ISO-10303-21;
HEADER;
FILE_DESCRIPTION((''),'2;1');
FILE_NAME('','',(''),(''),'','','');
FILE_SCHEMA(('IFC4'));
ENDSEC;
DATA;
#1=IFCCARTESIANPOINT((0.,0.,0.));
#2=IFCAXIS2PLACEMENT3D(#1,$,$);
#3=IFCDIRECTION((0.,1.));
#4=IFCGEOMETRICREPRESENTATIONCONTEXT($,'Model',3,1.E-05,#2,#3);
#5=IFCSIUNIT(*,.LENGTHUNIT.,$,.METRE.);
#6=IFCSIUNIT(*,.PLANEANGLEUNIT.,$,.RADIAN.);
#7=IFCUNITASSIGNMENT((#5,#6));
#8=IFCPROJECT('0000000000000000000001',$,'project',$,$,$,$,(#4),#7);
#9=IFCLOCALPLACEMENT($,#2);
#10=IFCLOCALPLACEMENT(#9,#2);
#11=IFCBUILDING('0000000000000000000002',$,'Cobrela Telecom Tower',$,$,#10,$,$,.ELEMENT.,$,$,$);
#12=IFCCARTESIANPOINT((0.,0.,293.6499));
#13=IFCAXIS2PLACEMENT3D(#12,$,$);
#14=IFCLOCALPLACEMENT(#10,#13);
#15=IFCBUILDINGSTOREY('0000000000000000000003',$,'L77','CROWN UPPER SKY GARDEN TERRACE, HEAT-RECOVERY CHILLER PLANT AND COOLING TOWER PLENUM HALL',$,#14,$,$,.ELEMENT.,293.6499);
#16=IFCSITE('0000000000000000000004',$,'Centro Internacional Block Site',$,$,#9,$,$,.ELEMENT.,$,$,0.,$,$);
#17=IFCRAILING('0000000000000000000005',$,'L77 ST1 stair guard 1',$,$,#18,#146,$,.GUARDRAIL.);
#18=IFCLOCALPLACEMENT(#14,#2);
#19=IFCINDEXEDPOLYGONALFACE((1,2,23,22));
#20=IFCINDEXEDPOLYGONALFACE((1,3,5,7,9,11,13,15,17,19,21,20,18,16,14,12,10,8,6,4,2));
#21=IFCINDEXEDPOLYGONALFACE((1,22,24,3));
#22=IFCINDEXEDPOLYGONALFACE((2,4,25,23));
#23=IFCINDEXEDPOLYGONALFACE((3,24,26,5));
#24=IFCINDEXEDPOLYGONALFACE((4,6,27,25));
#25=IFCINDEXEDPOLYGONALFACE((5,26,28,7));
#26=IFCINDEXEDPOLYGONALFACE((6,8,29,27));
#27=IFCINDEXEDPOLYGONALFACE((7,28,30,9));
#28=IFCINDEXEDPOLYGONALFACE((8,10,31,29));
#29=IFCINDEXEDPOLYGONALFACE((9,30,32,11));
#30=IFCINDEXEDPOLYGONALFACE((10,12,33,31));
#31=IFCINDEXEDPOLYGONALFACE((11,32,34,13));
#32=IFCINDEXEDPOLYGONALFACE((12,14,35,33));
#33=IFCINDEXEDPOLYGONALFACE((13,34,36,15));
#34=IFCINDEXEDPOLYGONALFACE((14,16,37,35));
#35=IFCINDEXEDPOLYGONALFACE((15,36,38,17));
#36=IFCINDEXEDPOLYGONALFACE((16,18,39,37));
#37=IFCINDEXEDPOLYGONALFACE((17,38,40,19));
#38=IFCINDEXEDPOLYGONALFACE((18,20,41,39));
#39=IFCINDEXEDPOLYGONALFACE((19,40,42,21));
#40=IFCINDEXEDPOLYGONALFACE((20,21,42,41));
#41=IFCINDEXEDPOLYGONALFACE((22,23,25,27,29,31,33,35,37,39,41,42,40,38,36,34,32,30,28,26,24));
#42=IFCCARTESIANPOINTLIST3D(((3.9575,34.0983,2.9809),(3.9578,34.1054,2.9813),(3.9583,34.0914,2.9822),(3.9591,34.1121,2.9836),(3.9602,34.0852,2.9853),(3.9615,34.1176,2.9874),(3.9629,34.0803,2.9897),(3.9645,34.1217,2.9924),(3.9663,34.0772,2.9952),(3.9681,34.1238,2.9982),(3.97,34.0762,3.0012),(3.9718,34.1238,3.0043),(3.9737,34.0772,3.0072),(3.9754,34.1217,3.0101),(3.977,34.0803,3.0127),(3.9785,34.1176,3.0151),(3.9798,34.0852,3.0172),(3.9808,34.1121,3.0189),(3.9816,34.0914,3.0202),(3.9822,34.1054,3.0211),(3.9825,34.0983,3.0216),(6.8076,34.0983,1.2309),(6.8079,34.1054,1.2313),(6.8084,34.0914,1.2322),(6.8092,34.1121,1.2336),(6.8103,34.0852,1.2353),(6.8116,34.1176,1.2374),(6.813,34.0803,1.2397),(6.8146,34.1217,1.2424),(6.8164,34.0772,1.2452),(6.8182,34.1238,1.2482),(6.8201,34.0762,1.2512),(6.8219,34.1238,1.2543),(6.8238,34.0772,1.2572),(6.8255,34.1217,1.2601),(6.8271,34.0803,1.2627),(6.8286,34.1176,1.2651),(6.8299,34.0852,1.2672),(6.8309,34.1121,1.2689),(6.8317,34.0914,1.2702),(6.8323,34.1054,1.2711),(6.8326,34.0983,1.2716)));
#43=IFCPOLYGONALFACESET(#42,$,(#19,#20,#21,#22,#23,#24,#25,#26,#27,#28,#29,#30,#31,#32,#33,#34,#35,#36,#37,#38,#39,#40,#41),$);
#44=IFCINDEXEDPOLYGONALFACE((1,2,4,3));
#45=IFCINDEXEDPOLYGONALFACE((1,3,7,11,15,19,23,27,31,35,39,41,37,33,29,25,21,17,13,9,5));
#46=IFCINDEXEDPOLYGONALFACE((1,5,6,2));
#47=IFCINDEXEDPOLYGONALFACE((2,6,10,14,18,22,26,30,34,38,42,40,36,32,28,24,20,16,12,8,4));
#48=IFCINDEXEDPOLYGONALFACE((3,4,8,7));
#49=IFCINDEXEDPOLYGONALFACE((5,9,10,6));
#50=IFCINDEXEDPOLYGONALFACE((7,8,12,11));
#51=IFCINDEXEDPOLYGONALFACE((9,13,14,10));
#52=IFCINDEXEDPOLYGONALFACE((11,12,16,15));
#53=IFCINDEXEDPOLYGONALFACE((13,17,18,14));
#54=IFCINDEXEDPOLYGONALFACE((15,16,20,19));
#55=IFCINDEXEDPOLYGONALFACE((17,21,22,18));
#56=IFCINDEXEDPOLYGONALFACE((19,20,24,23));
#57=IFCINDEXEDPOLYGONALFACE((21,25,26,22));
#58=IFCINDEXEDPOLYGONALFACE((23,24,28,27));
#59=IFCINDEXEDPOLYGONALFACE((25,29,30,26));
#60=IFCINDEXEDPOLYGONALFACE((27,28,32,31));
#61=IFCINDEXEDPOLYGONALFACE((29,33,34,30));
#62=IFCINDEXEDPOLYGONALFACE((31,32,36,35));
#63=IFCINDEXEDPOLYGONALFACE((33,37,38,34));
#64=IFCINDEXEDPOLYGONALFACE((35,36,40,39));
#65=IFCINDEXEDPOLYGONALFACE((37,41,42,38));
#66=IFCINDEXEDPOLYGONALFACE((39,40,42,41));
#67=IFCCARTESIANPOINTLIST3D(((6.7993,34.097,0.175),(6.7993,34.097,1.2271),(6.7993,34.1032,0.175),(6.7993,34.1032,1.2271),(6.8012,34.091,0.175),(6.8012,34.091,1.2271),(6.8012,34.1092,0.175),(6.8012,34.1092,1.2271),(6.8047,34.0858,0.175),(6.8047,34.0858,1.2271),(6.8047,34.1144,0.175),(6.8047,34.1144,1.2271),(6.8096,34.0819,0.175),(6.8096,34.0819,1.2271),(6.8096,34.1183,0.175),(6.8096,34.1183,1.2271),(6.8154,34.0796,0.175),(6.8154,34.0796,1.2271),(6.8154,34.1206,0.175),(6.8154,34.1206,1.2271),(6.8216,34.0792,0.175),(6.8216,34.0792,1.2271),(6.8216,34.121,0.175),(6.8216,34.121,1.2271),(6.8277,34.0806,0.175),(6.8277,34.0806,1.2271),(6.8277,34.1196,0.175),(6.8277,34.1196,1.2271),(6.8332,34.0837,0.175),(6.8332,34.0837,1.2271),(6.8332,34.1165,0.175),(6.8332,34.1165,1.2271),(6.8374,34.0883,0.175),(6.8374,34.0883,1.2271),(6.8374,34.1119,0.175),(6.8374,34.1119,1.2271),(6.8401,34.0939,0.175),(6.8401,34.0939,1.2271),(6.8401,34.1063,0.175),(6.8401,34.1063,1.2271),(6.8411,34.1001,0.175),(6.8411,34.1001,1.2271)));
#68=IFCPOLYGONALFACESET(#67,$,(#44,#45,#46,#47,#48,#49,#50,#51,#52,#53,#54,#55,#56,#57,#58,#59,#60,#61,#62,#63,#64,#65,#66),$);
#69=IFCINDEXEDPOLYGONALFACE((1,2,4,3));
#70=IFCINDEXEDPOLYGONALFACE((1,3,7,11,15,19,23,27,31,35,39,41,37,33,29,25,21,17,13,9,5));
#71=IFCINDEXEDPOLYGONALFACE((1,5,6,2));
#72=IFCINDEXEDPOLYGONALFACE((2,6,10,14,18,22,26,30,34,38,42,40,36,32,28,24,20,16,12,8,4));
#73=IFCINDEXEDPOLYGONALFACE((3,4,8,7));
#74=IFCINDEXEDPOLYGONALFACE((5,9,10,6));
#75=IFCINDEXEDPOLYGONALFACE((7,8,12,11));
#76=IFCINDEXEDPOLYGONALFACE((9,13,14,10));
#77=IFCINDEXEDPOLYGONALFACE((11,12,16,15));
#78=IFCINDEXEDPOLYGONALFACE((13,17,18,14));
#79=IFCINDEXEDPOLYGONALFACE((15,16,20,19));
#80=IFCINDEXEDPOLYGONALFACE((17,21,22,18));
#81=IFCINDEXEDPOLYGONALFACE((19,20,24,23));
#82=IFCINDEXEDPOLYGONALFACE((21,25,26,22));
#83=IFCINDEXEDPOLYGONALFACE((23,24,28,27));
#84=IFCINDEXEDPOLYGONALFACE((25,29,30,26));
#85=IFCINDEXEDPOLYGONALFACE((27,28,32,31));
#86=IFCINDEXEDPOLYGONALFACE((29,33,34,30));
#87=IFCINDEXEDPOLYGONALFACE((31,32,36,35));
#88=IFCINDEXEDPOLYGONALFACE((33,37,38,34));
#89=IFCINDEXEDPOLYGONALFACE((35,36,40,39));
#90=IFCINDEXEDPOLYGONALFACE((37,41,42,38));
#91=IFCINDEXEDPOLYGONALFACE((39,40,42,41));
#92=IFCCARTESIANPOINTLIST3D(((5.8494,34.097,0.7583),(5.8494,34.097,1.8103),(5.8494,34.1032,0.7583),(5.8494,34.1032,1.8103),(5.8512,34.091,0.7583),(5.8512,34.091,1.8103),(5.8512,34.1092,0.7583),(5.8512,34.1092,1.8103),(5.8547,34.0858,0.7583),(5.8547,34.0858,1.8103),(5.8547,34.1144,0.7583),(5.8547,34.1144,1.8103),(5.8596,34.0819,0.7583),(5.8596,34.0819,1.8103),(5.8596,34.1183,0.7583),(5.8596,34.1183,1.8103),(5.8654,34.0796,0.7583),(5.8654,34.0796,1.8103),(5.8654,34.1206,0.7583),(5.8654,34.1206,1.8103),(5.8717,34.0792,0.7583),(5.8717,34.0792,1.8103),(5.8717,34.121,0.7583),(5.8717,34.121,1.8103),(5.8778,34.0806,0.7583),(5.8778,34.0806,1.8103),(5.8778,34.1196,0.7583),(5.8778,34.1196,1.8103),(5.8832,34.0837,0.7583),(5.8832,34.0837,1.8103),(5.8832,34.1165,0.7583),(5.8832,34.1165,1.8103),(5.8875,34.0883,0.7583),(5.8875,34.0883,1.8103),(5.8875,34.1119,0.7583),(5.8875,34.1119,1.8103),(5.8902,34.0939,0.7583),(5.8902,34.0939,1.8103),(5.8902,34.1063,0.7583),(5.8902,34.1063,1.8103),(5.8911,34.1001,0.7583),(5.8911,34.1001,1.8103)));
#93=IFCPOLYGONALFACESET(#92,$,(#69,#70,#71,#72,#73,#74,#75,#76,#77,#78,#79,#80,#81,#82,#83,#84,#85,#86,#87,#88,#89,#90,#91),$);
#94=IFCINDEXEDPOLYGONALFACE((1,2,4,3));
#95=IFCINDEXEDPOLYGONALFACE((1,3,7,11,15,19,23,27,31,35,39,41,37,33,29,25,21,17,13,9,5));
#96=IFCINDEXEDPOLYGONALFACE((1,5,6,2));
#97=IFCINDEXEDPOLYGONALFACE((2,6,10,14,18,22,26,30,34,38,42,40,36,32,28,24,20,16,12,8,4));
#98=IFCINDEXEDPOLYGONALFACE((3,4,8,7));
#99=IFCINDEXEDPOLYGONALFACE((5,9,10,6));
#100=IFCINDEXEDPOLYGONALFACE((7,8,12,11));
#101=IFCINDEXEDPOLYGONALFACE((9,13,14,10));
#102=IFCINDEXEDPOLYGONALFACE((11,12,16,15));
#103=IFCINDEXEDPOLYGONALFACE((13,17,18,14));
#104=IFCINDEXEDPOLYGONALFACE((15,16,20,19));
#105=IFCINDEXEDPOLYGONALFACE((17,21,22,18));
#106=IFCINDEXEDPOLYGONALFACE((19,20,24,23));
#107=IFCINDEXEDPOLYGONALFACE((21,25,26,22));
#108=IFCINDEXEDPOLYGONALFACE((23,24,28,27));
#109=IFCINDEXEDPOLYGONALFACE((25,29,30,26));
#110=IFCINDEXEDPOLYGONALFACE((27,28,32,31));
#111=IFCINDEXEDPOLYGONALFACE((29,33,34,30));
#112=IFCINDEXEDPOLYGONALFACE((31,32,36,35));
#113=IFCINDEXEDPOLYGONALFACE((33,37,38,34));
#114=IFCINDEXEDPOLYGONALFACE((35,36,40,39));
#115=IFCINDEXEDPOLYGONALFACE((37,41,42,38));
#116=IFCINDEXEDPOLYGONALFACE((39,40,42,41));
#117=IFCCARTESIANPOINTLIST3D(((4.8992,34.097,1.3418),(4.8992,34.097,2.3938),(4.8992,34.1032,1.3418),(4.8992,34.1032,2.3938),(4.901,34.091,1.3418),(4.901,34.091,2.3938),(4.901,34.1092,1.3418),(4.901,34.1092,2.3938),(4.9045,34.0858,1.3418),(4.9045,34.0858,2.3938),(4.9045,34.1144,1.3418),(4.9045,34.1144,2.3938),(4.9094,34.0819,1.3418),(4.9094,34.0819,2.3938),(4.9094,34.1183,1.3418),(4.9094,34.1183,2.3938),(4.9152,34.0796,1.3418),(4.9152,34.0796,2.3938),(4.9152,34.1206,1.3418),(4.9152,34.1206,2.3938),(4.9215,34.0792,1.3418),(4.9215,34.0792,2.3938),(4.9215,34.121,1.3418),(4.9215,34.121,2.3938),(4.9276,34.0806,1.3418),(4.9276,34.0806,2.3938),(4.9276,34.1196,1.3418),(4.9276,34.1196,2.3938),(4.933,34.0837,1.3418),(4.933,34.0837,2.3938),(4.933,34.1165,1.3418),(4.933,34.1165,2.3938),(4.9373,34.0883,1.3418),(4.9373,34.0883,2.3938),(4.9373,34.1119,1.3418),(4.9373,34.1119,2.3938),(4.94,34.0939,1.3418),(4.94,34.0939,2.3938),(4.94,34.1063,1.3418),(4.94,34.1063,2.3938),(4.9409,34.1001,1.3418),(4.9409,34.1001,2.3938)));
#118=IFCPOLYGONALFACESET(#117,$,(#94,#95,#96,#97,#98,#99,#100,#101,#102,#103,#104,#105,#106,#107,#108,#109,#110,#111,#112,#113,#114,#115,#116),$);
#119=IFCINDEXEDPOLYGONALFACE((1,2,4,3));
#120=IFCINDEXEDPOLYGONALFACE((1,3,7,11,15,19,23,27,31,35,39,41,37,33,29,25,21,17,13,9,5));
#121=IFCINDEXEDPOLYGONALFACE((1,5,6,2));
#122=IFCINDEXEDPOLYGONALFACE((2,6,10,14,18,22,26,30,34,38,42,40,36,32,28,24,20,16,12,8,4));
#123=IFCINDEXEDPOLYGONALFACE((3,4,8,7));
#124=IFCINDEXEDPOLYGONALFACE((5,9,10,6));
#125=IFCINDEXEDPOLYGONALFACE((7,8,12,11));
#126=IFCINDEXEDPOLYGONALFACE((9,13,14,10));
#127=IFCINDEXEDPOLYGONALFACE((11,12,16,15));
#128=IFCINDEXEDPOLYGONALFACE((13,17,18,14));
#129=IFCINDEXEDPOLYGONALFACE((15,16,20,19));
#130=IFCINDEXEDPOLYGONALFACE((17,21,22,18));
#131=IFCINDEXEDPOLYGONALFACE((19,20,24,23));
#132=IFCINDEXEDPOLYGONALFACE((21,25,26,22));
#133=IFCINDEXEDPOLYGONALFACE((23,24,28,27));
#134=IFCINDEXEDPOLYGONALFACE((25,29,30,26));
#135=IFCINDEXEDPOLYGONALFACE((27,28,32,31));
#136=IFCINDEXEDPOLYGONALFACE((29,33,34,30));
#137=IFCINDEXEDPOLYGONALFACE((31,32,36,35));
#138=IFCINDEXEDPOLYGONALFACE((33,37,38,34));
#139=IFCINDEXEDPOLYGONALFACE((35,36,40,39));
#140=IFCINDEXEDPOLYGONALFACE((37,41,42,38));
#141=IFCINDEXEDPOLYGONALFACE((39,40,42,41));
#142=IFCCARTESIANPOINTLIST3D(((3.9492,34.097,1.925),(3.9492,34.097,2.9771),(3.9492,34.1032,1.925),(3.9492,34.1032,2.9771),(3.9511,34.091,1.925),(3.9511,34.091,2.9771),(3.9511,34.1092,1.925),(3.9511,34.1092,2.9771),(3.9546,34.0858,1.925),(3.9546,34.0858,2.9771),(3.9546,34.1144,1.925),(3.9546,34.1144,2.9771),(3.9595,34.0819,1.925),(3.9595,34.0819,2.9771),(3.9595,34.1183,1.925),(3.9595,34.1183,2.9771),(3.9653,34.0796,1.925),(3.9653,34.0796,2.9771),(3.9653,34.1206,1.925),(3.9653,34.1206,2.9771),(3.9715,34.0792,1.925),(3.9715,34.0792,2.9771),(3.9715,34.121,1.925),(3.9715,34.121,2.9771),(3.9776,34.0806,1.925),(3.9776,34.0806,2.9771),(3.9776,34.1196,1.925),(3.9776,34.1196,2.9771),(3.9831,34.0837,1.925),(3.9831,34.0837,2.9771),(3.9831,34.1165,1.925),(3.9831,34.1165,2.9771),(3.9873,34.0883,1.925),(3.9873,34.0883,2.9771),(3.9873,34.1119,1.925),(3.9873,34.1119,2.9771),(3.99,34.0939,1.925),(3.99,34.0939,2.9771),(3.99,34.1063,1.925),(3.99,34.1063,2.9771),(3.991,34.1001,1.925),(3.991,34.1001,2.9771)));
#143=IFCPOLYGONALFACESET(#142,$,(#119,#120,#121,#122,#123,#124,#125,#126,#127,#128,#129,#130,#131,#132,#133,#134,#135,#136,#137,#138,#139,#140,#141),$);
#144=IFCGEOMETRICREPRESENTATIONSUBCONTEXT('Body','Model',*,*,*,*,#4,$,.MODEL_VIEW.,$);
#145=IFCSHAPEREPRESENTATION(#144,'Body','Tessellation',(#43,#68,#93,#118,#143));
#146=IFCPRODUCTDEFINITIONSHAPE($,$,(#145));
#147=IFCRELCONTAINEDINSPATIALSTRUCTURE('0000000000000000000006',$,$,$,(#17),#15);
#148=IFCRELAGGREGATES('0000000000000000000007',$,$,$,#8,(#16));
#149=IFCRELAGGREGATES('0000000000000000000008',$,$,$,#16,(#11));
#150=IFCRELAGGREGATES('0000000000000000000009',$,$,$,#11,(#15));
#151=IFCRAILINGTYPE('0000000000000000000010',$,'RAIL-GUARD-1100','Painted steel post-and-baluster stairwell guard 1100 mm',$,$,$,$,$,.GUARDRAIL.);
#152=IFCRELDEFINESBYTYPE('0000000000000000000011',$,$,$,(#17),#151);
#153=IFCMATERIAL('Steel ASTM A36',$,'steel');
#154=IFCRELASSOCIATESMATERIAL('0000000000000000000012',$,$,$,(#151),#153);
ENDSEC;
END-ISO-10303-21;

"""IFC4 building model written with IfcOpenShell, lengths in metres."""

from ifc_helpers import new_model, si_unit, direction, frame, origin, origin_2d, place, context, subcontext, project, spatial, circle, extrude, material, type_object, element, save


model = new_model("IFC4")

# Units and contexts
model_context = context("Model", 3, precision=1e-05, world=origin(), true_north=direction((0.0, 1.0)))
body_context = subcontext(model_context, "Body", "Model", "MODEL_VIEW")
ifc_project = project(units=[si_unit("LENGTHUNIT", "METRE"), si_unit("PLANEANGLEUNIT", "RADIAN")], contexts=[model_context])

# Site, building, storey
site_placement = place(None, origin())
site = spatial("IfcSite", under=ifc_project, at=site_placement, Name="Centro Internacional Block Site", CompositionType="ELEMENT", RefElevation=0.0)
building_placement = place(site_placement, origin())
building = spatial("IfcBuilding", under=site, at=building_placement, Name="Cobrela Telecom Tower", CompositionType="ELEMENT")
storey_placement = place(building_placement, frame((0.0, 0.0, 293.6499)))
storey = spatial("IfcBuildingStorey", under=building, at=storey_placement, Name="L77", Description="CROWN UPPER SKY GARDEN TERRACE, HEAT-RECOVERY CHILLER PLANT AND COOLING TOWER PLENUM HALL", CompositionType="ELEMENT", Elevation=293.6499)

# Shared definitions
ifc_material_1 = material(Name="Steel ASTM A36", Category="steel")

# Railing
railing_type_1 = type_object("IfcRailingType", Name="RAIL-GUARD-1100", Description="Painted steel post-and-baluster stairwell guard 1100 mm", PredefinedType="GUARDRAIL", material=ifc_material_1)
railing_1_placement = place(storey_placement, frame((6.8201, 34.1001, 0.175)))
element("IfcRailing", 1, at=railing_1_placement, inside=storey, type_object=railing_type_1, Name="L77 ST1 stair guard 1", PredefinedType="GUARDRAIL", context=body_context, shape_type="SweptSolid", body=[
    extrude(circle(Radius=0.0239, at=origin_2d()), frame((0.0, 0.0, 1.0762), z_axis=(-0.852179, 0.0, 0.52325), x_axis=(0.0, -1.0, 0.0)), (0.0, 0.0, 1.0), 3.3445),
    extrude(circle(Radius=0.021, at=origin_2d()), origin(), (0.0, 0.0, 1.0), 1.052),
    extrude(circle(Radius=0.021, at=origin_2d()), frame((-0.95, 0.0, 0.5833)), (0.0, 0.0, 1.0), 1.052),
    extrude(circle(Radius=0.021, at=origin_2d()), frame((-1.9001, 0.0, 1.1667)), (0.0, 0.0, 1.0), 1.052),
    extrude(circle(Radius=0.021, at=origin_2d()), frame((-2.8501, 0.0, 1.75)), (0.0, 0.0, 1.0), 1.052),
])

save(model, "model.ifc")
